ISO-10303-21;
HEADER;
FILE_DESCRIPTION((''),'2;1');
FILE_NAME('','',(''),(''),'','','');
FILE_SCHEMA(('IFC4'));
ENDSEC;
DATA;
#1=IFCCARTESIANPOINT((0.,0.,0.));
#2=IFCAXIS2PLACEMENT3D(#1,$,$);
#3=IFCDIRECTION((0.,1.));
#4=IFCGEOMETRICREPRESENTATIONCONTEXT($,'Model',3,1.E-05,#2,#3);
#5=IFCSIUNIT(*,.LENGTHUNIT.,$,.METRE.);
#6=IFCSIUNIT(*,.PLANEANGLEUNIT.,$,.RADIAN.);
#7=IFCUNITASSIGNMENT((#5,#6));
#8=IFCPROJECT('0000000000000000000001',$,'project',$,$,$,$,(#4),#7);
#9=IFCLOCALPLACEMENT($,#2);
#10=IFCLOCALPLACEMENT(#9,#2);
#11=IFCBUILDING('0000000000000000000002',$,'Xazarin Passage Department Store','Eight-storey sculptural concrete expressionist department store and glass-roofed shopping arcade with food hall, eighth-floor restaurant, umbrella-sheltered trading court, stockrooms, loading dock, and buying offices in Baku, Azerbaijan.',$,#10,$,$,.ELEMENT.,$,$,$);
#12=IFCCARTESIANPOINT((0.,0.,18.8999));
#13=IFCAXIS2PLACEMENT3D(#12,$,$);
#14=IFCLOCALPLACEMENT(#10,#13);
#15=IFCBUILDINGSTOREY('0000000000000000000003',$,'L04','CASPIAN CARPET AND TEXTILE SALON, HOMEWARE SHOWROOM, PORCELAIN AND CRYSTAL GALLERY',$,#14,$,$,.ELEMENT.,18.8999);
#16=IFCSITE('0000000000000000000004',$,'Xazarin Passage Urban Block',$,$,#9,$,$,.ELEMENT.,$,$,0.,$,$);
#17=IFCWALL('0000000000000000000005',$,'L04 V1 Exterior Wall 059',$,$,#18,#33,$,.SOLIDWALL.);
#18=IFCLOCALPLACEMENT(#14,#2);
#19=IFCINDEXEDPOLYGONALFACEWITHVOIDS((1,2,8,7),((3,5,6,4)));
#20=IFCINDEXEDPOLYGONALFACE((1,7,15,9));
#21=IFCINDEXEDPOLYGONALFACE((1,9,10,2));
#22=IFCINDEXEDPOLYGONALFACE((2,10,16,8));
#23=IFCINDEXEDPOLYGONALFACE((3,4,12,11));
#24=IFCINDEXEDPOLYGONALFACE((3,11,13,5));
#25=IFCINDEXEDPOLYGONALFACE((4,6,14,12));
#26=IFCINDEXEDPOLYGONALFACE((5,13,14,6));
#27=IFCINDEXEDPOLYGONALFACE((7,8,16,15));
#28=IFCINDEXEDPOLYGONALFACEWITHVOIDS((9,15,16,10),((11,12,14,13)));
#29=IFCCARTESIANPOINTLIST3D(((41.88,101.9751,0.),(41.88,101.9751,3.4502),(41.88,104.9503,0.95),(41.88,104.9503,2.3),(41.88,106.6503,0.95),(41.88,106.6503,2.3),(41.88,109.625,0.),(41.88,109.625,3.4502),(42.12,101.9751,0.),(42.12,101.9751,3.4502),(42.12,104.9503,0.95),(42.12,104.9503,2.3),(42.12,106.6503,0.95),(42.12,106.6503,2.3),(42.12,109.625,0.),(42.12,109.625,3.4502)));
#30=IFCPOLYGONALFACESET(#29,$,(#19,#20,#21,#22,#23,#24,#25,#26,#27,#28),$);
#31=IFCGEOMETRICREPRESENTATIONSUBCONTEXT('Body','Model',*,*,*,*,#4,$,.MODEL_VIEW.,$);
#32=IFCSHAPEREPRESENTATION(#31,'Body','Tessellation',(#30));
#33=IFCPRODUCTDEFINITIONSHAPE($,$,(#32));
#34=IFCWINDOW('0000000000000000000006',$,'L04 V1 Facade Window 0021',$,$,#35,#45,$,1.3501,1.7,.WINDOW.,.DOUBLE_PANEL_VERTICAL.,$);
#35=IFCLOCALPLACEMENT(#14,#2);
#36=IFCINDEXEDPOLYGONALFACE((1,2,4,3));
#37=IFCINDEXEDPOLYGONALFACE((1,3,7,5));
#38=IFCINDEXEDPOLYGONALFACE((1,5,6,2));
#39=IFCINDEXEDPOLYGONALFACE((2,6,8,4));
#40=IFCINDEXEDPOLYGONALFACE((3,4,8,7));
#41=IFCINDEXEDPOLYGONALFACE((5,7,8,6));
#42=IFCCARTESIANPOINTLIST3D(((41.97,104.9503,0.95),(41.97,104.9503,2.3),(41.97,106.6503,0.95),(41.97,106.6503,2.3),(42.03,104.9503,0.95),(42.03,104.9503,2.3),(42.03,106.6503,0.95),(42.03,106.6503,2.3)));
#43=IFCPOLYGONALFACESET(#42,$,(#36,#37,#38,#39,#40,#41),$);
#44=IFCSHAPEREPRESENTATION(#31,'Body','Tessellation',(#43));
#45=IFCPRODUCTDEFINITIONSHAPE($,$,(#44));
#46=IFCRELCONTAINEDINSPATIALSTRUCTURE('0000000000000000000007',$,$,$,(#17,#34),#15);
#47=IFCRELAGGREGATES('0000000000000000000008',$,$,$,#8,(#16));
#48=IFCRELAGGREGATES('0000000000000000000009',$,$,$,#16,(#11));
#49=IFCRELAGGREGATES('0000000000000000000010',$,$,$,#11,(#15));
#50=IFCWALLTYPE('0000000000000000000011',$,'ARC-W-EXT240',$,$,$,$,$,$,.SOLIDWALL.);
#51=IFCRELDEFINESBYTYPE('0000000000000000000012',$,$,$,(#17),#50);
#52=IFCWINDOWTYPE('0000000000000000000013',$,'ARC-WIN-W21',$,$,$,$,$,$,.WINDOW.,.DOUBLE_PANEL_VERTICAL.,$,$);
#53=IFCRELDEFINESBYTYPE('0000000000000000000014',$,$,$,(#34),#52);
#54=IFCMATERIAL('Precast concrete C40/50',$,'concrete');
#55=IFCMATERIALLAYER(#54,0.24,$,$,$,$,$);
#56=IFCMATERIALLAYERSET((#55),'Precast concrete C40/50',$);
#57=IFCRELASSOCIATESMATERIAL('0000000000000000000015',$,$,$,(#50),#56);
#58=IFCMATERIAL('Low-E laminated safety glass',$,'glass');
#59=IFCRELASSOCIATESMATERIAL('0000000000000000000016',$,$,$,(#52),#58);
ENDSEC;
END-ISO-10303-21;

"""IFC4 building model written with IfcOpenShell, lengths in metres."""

from ifc_helpers import new_model, si_unit, direction, frame, frame_2d, origin, place, context, subcontext, project, spatial, rectangle, extrude, material, layer, layer_set, type_object, element, fill, save


model = new_model("IFC4")

# Units and contexts
model_context = context("Model", 3, precision=1e-05, world=origin(), true_north=direction((0.0, 1.0)))
body_context = subcontext(model_context, "Body", "Model", "MODEL_VIEW")
ifc_project = project(units=[si_unit("LENGTHUNIT", "METRE"), si_unit("PLANEANGLEUNIT", "RADIAN")], contexts=[model_context])

# Site, building, storey
site_placement = place(None, origin())
site = spatial("IfcSite", under=ifc_project, at=site_placement, Name="Xazarin Passage Urban Block", CompositionType="ELEMENT", RefElevation=0.0)
building_placement = place(site_placement, origin())
building = spatial("IfcBuilding", under=site, at=building_placement, Name="Xazarin Passage Department Store", Description="Eight-storey sculptural concrete expressionist department store and glass-roofed shopping arcade with food hall, eighth-floor restaurant, umbrella-sheltered trading court, stockrooms, loading dock, and buying offices in Baku, Azerbaijan.", CompositionType="ELEMENT")
storey_placement = place(building_placement, frame((0.0, 0.0, 18.8999)))
storey = spatial("IfcBuildingStorey", under=building, at=storey_placement, Name="L04", Description="CASPIAN CARPET AND TEXTILE SALON, HOMEWARE SHOWROOM, PORCELAIN AND CRYSTAL GALLERY", CompositionType="ELEMENT", Elevation=18.8999)

# Shared definitions
ifc_material_1 = material(Name="Low-E laminated safety glass", Category="glass")

# Wall, opening, window
ifc_material_2 = material(Name="Precast concrete C40/50", Category="concrete")
ifc_layer_1 = layer(ifc_material_2, 0.24)
ifc_layer_set_1 = layer_set([ifc_layer_1], Name="Precast concrete C40/50")
wall_type = type_object("IfcWallType", Name="ARC-W-EXT240", PredefinedType="SOLIDWALL", material=ifc_layer_set_1)
wall_placement = place(storey_placement, frame((42.0, 101.9751, 0.0), z_axis=(0.0, 0.0, 1.0), x_axis=(0.0, 1.0, 0.0)))
wall = element("IfcWall", 1, at=wall_placement, inside=storey, type_object=wall_type, Name="L04 V1 Exterior Wall 059", PredefinedType="SOLIDWALL", context=body_context, shape_type="SweptSolid", body=[
    extrude(rectangle(XDim=7.6499, YDim=0.24, at=frame_2d((3.825, 0.0))), origin(), (0.0, 0.0, 1.0), 3.4502),
])
opening_placement = place(wall_placement, frame((2.9751, 0.0, 0.95)))
opening = element("IfcOpeningElement", 2, at=opening_placement, cuts=wall, PredefinedType="OPENING", context=body_context, shape_type="SweptSolid", body=[
    extrude(rectangle(XDim=1.7, YDim=1.3501, at=frame_2d((0.8501, 0.675))), frame((0.0, 0.1299, 0.0), z_axis=(0.0, -1.0, 0.0), x_axis=(1.0, 0.0, 0.0)), (0.0, 0.0, 1.0), 0.26),
])
window_type = type_object("IfcWindowType", Name="ARC-WIN-W21", PartitioningType="DOUBLE_PANEL_VERTICAL", PredefinedType="WINDOW", material=ifc_material_1)
window_placement = place(opening_placement, origin())
window = element("IfcWindow", 3, at=window_placement, inside=storey, type_object=window_type, Name="L04 V1 Facade Window 0021", OverallHeight=1.3501, OverallWidth=1.7, PartitioningType="DOUBLE_PANEL_VERTICAL", PredefinedType="WINDOW", context=body_context, shape_type="SweptSolid", body=[
    extrude(rectangle(XDim=1.7, YDim=1.3501, at=frame_2d((0.8501, 0.675))), frame((0.0, 0.03, 0.0), z_axis=(0.0, -1.0, 0.0), x_axis=(1.0, 0.0, 0.0)), (0.0, 0.0, 1.0), 0.0601),
])
fill(opening, window)

save(model, "model.ifc")
